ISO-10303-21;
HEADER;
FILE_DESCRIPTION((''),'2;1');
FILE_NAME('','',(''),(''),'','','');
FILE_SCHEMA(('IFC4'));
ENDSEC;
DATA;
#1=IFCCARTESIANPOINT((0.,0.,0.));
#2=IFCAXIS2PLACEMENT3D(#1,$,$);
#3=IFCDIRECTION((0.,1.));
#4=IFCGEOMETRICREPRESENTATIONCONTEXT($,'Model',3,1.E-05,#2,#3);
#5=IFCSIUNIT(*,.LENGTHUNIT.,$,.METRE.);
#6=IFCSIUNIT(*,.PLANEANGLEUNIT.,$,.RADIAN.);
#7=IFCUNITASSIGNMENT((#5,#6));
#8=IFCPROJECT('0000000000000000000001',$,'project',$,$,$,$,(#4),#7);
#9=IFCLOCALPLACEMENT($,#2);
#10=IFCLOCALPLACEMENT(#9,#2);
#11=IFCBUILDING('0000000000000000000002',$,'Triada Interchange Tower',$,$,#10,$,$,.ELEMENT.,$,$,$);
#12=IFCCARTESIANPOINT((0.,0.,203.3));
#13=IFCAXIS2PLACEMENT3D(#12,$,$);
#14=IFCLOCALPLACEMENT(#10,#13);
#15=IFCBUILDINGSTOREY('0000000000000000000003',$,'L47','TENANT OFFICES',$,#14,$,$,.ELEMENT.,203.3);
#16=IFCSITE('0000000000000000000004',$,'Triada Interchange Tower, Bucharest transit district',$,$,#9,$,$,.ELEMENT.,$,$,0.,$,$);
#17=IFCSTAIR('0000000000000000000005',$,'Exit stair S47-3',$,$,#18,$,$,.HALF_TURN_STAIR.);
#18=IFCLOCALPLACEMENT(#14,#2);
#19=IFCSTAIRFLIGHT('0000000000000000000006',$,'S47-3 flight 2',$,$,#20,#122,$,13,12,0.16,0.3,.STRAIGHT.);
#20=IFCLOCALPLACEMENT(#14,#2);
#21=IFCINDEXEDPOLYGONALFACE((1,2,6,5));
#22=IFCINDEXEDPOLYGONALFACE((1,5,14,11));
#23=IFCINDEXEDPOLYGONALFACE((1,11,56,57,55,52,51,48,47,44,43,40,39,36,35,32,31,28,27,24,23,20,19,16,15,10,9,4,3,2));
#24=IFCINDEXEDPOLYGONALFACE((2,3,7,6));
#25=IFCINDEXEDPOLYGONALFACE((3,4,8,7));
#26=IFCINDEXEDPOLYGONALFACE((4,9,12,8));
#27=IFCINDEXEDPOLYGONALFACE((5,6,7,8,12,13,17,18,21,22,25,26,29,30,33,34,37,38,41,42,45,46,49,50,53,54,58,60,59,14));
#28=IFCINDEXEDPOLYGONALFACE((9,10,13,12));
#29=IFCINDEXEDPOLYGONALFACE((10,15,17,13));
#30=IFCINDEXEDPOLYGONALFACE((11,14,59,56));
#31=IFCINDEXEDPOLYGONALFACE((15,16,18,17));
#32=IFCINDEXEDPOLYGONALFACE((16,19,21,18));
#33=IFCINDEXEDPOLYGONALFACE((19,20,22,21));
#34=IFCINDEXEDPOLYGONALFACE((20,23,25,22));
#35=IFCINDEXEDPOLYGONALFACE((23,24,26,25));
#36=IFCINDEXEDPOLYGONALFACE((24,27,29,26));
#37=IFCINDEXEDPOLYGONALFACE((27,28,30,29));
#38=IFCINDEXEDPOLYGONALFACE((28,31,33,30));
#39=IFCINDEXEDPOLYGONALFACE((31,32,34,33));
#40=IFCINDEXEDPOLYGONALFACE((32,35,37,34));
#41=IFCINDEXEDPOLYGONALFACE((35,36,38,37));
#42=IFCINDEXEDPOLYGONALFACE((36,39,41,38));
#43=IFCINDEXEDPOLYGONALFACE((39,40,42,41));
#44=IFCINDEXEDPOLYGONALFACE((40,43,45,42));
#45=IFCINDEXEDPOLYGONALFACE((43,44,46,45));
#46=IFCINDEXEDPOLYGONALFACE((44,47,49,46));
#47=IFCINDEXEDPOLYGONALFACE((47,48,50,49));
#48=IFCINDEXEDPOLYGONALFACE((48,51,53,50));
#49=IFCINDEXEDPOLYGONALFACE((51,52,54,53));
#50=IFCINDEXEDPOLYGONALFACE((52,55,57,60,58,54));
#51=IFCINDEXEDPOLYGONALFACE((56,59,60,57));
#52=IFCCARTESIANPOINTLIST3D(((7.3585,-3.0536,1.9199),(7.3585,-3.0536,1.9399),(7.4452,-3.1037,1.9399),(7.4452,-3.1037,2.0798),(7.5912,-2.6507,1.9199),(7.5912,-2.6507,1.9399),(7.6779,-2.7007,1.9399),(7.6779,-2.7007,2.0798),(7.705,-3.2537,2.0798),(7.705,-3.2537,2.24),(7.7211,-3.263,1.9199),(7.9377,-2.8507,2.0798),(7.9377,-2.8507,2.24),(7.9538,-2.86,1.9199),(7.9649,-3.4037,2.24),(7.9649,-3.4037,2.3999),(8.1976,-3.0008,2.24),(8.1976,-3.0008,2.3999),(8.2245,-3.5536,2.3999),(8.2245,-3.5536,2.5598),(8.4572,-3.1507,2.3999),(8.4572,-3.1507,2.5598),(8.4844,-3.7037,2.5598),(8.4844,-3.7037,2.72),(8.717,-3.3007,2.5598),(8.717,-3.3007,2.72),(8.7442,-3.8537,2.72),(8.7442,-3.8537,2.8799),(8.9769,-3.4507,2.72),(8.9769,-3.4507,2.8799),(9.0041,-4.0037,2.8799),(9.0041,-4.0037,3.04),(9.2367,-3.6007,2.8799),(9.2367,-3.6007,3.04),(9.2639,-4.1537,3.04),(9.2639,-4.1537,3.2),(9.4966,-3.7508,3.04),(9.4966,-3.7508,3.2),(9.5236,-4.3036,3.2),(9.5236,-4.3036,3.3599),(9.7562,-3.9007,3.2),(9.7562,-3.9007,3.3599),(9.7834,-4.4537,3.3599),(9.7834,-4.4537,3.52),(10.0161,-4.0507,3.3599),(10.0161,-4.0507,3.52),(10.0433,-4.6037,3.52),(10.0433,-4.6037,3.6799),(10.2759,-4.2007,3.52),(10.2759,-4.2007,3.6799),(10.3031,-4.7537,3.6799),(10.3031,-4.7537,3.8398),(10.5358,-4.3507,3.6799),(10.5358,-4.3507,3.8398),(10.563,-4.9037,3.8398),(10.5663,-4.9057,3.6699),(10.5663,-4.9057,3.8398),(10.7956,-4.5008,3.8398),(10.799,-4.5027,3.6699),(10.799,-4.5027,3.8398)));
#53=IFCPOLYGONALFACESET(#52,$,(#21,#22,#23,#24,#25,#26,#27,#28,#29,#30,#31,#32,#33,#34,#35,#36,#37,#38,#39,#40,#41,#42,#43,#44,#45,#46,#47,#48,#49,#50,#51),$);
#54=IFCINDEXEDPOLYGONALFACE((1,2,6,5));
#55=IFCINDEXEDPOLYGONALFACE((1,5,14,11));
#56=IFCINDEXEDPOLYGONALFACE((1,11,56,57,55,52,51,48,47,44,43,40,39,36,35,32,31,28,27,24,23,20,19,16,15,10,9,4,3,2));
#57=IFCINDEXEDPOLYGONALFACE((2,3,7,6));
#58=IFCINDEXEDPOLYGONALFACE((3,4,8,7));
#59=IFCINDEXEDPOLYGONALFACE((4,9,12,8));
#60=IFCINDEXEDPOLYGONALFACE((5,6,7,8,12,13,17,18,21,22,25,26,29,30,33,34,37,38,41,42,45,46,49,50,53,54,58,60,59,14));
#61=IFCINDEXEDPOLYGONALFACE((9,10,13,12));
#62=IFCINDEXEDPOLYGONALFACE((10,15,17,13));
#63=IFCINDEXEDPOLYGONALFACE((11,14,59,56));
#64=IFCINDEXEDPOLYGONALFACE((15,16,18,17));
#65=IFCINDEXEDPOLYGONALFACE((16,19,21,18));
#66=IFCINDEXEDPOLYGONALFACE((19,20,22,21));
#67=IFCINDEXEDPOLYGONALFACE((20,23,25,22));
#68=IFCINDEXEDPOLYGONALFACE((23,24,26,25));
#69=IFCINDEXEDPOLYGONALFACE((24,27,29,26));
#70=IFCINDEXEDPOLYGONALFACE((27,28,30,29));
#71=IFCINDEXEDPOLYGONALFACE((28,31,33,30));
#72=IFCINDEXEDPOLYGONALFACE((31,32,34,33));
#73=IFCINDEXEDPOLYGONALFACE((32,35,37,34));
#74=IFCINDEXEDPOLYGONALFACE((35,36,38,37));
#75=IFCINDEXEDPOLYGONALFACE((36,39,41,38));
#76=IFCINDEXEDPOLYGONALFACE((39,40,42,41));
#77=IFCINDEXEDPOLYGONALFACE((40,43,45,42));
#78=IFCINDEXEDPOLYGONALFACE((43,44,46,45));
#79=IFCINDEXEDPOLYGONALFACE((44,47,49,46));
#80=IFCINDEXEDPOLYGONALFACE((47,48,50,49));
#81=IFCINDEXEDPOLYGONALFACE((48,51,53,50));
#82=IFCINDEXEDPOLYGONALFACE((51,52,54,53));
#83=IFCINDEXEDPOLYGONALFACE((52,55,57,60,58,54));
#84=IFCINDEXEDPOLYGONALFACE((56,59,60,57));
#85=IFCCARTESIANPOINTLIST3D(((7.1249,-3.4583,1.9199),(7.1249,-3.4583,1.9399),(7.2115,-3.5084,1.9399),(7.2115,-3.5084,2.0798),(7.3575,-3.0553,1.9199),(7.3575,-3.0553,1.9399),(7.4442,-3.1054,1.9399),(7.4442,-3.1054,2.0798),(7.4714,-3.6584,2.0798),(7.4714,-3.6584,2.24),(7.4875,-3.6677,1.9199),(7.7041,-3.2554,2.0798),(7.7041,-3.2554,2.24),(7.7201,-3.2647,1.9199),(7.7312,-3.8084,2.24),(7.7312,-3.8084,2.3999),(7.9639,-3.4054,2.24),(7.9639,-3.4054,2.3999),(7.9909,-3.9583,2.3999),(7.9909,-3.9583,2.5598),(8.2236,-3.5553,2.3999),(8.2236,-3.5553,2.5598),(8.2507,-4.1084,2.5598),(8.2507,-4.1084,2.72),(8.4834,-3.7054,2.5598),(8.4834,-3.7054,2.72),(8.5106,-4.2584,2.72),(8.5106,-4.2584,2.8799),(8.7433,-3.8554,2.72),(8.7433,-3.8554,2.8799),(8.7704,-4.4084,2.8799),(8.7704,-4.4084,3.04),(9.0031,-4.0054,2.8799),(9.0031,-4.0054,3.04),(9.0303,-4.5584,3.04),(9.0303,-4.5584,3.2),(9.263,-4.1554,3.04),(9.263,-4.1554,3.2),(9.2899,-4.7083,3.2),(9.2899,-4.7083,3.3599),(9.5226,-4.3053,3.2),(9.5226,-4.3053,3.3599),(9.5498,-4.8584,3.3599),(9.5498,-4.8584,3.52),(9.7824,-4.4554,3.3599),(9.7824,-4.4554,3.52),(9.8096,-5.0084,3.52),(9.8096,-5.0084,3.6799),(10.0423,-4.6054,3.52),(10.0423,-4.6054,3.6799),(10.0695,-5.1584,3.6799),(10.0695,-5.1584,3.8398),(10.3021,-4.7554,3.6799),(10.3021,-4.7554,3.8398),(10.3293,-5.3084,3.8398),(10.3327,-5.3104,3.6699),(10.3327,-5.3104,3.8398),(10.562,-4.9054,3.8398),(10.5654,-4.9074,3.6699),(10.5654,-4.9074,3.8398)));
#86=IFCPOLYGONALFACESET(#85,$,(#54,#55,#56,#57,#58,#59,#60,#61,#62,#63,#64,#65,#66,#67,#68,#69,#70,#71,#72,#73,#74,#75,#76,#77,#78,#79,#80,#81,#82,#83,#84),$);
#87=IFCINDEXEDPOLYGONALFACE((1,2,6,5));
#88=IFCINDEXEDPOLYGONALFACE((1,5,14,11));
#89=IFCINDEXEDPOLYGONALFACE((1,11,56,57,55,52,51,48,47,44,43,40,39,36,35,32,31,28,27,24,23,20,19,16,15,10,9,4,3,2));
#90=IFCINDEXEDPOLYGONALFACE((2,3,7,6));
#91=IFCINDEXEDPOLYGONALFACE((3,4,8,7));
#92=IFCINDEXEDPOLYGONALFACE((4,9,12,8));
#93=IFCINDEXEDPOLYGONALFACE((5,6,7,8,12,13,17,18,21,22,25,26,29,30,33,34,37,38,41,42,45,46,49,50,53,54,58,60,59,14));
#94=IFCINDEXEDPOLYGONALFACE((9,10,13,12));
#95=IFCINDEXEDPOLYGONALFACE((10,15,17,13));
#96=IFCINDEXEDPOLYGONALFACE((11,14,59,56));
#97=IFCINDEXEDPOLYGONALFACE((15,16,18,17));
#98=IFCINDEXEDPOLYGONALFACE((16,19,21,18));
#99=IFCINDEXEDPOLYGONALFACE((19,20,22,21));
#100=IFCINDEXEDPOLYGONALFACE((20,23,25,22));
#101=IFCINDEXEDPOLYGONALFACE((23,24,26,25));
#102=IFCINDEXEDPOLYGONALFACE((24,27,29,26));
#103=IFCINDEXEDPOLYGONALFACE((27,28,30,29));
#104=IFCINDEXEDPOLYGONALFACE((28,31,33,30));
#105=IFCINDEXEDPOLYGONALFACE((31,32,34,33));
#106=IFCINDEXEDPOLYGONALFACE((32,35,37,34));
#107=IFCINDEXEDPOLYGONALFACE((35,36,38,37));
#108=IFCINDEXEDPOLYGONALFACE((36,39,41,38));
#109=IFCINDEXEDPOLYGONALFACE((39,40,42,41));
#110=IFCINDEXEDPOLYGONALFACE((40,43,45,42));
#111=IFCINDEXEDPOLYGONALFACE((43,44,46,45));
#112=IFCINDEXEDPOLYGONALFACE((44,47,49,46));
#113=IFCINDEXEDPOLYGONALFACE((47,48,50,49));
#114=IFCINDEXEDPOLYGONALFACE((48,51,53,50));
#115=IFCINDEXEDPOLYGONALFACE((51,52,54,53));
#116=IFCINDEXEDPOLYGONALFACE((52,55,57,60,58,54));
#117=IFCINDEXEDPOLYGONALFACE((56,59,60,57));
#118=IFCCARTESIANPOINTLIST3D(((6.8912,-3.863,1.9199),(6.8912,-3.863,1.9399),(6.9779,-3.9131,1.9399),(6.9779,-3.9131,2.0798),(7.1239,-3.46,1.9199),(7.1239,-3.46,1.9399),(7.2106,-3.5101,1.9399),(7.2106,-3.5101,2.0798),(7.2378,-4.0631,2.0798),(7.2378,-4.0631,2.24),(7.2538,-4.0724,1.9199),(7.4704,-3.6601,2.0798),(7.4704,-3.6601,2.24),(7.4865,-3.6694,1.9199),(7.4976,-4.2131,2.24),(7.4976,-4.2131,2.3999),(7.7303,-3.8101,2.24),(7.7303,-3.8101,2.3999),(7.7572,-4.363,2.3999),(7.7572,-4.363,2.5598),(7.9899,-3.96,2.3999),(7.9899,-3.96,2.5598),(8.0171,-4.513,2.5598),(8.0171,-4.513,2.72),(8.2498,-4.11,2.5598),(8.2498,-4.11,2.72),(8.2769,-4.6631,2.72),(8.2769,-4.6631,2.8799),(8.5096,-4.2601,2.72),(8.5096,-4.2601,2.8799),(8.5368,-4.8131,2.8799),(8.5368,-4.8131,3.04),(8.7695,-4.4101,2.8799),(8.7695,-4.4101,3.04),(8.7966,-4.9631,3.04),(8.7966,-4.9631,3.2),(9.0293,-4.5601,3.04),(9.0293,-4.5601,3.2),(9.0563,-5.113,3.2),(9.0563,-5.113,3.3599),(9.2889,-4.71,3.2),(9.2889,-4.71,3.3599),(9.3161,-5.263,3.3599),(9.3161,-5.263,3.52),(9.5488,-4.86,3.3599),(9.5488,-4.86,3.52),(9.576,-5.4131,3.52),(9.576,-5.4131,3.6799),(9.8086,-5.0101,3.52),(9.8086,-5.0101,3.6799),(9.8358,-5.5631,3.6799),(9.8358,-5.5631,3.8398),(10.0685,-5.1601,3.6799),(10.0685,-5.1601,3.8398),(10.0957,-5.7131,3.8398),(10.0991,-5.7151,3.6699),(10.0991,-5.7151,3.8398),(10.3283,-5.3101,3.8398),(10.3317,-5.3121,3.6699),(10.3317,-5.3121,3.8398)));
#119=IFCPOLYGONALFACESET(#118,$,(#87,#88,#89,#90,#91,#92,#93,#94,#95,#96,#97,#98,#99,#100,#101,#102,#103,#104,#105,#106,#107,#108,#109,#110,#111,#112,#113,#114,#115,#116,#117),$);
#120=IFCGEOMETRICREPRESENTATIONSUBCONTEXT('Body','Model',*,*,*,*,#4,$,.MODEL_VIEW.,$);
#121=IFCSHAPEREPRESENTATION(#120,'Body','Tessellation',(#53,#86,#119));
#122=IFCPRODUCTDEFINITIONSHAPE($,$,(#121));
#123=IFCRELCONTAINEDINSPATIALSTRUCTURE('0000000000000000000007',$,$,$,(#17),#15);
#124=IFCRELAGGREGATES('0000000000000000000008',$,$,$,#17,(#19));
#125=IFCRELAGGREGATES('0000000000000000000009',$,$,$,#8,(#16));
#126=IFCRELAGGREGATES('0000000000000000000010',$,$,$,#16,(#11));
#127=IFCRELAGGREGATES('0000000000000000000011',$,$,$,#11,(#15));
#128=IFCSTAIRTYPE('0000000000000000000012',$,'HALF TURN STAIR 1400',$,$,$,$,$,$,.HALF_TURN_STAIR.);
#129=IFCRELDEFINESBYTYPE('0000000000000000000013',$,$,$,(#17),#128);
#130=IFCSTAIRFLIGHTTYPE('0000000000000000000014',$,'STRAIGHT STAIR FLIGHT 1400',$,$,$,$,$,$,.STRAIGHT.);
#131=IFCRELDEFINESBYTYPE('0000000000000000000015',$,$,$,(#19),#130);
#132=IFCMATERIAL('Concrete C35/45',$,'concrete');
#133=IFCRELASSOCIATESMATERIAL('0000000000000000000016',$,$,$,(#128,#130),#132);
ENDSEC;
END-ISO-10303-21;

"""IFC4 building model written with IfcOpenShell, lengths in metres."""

from ifc_helpers import new_model, si_unit, direction, frame, origin, place, context, subcontext, project, spatial, polyline, outline, extrude, material, type_object, element, aggregate, save


model = new_model("IFC4")

# Units and contexts
model_context = context("Model", 3, precision=1e-05, world=origin(), true_north=direction((0.0, 1.0)))
body_context = subcontext(model_context, "Body", "Model", "MODEL_VIEW")
ifc_project = project(units=[si_unit("LENGTHUNIT", "METRE"), si_unit("PLANEANGLEUNIT", "RADIAN")], contexts=[model_context])

# Site, building, storey
site_placement = place(None, origin())
site = spatial("IfcSite", under=ifc_project, at=site_placement, Name="Triada Interchange Tower, Bucharest transit district", CompositionType="ELEMENT", RefElevation=0.0)
building_placement = place(site_placement, origin())
building = spatial("IfcBuilding", under=site, at=building_placement, Name="Triada Interchange Tower", CompositionType="ELEMENT")
storey_placement = place(building_placement, frame((0.0, 0.0, 203.3)))
storey = spatial("IfcBuildingStorey", under=building, at=storey_placement, Name="L47", Description="TENANT OFFICES", CompositionType="ELEMENT", Elevation=203.3)

# Stair, stair flight
ifc_material_1 = material(Name="Concrete C35/45", Category="concrete")
stair_type = type_object("IfcStairType", Name="HALF TURN STAIR 1400", PredefinedType="HALF_TURN_STAIR", material=ifc_material_1)
stair_placement = place(storey_placement, origin())
stair = element("IfcStair", 1, at=stair_placement, inside=storey, type_object=stair_type, Name="Exit stair S47-3", PredefinedType="HALF_TURN_STAIR")
stair_flight_type = type_object("IfcStairFlightType", Name="STRAIGHT STAIR FLIGHT 1400", PredefinedType="STRAIGHT", material=ifc_material_1)
stair_flight_1_placement = place(storey_placement, frame((7.3279, -3.3069, 1.9199), z_axis=(0.0, 0.0, 1.0), x_axis=(0.866025, -0.5, 0.0)))
stair_flight_1 = element("IfcStairFlight", 2, at=stair_flight_1_placement, type_object=stair_flight_type, Name="S47-3 flight 2", NumberOfRisers=13, NumberOfTreads=12, PredefinedType="STRAIGHT", RiserHeight=0.16, TreadLength=0.3, context=body_context, shape_type="SweptSolid", body=[
    extrude(outline(polyline([(-0.1001, 0.0), (-0.1001, 0.02), (0.0, 0.02), (0.0, 0.1599), (0.3, 0.1599), (0.3, 0.3201), (0.6001, 0.3201), (0.6001, 0.48), (0.8999, 0.48), (0.8999, 0.6399), (1.2, 0.6399), (1.2, 0.8), (1.5, 0.8), (1.5, 0.96), (1.8, 0.96), (1.8, 1.1201), (2.1001, 1.1201), (2.1001, 1.28), (2.3999, 1.28), (2.3999, 1.4399), (2.7, 1.4399), (2.7, 1.6001), (3.0, 1.6001), (3.0, 1.76), (3.3, 1.76), (3.3, 1.9199), (3.6001, 1.9199), (3.604, 1.9199), (3.604, 2.0801), (3.604, 1.75), (0.3186, 0.0), (-0.1001, 0.0)])), frame((0.0, 0.7, 0.0), z_axis=(0.0, -1.0, 0.0), x_axis=(1.0, 0.0, 0.0)), (0.0, 0.0, 1.0), 0.4653),
    extrude(outline(polyline([(-0.1001, 0.0), (-0.1001, 0.02), (0.0, 0.02), (0.0, 0.1599), (0.3, 0.1599), (0.3, 0.3201), (0.6001, 0.3201), (0.6001, 0.48), (0.8999, 0.48), (0.8999, 0.6399), (1.2, 0.6399), (1.2, 0.8), (1.5, 0.8), (1.5, 0.96), (1.8, 0.96), (1.8, 1.1201), (2.1001, 1.1201), (2.1001, 1.28), (2.3999, 1.28), (2.3999, 1.4399), (2.7, 1.4399), (2.7, 1.6001), (3.0, 1.6001), (3.0, 1.76), (3.3, 1.76), (3.3, 1.9199), (3.6001, 1.9199), (3.604, 1.9199), (3.604, 2.0801), (3.604, 1.75), (0.3186, 0.0), (-0.1001, 0.0)])), frame((0.0, 0.2327, 0.0), z_axis=(0.0, -1.0, 0.0), x_axis=(1.0, 0.0, 0.0)), (0.0, 0.0, 1.0), 0.4653),
    extrude(outline(polyline([(-0.1001, 0.0), (-0.1001, 0.02), (0.0, 0.02), (0.0, 0.1599), (0.3, 0.1599), (0.3, 0.3201), (0.6001, 0.3201), (0.6001, 0.48), (0.8999, 0.48), (0.8999, 0.6399), (1.2, 0.6399), (1.2, 0.8), (1.5, 0.8), (1.5, 0.96), (1.8, 0.96), (1.8, 1.1201), (2.1001, 1.1201), (2.1001, 1.28), (2.3999, 1.28), (2.3999, 1.4399), (2.7, 1.4399), (2.7, 1.6001), (3.0, 1.6001), (3.0, 1.76), (3.3, 1.76), (3.3, 1.9199), (3.6001, 1.9199), (3.604, 1.9199), (3.604, 2.0801), (3.604, 1.75), (0.3186, 0.0), (-0.1001, 0.0)])), frame((0.0, -0.2346, 0.0), z_axis=(0.0, -1.0, 0.0), x_axis=(1.0, 0.0, 0.0)), (0.0, 0.0, 1.0), 0.4653),
])
aggregate(stair, [stair_flight_1])

save(model, "model.ifc")
